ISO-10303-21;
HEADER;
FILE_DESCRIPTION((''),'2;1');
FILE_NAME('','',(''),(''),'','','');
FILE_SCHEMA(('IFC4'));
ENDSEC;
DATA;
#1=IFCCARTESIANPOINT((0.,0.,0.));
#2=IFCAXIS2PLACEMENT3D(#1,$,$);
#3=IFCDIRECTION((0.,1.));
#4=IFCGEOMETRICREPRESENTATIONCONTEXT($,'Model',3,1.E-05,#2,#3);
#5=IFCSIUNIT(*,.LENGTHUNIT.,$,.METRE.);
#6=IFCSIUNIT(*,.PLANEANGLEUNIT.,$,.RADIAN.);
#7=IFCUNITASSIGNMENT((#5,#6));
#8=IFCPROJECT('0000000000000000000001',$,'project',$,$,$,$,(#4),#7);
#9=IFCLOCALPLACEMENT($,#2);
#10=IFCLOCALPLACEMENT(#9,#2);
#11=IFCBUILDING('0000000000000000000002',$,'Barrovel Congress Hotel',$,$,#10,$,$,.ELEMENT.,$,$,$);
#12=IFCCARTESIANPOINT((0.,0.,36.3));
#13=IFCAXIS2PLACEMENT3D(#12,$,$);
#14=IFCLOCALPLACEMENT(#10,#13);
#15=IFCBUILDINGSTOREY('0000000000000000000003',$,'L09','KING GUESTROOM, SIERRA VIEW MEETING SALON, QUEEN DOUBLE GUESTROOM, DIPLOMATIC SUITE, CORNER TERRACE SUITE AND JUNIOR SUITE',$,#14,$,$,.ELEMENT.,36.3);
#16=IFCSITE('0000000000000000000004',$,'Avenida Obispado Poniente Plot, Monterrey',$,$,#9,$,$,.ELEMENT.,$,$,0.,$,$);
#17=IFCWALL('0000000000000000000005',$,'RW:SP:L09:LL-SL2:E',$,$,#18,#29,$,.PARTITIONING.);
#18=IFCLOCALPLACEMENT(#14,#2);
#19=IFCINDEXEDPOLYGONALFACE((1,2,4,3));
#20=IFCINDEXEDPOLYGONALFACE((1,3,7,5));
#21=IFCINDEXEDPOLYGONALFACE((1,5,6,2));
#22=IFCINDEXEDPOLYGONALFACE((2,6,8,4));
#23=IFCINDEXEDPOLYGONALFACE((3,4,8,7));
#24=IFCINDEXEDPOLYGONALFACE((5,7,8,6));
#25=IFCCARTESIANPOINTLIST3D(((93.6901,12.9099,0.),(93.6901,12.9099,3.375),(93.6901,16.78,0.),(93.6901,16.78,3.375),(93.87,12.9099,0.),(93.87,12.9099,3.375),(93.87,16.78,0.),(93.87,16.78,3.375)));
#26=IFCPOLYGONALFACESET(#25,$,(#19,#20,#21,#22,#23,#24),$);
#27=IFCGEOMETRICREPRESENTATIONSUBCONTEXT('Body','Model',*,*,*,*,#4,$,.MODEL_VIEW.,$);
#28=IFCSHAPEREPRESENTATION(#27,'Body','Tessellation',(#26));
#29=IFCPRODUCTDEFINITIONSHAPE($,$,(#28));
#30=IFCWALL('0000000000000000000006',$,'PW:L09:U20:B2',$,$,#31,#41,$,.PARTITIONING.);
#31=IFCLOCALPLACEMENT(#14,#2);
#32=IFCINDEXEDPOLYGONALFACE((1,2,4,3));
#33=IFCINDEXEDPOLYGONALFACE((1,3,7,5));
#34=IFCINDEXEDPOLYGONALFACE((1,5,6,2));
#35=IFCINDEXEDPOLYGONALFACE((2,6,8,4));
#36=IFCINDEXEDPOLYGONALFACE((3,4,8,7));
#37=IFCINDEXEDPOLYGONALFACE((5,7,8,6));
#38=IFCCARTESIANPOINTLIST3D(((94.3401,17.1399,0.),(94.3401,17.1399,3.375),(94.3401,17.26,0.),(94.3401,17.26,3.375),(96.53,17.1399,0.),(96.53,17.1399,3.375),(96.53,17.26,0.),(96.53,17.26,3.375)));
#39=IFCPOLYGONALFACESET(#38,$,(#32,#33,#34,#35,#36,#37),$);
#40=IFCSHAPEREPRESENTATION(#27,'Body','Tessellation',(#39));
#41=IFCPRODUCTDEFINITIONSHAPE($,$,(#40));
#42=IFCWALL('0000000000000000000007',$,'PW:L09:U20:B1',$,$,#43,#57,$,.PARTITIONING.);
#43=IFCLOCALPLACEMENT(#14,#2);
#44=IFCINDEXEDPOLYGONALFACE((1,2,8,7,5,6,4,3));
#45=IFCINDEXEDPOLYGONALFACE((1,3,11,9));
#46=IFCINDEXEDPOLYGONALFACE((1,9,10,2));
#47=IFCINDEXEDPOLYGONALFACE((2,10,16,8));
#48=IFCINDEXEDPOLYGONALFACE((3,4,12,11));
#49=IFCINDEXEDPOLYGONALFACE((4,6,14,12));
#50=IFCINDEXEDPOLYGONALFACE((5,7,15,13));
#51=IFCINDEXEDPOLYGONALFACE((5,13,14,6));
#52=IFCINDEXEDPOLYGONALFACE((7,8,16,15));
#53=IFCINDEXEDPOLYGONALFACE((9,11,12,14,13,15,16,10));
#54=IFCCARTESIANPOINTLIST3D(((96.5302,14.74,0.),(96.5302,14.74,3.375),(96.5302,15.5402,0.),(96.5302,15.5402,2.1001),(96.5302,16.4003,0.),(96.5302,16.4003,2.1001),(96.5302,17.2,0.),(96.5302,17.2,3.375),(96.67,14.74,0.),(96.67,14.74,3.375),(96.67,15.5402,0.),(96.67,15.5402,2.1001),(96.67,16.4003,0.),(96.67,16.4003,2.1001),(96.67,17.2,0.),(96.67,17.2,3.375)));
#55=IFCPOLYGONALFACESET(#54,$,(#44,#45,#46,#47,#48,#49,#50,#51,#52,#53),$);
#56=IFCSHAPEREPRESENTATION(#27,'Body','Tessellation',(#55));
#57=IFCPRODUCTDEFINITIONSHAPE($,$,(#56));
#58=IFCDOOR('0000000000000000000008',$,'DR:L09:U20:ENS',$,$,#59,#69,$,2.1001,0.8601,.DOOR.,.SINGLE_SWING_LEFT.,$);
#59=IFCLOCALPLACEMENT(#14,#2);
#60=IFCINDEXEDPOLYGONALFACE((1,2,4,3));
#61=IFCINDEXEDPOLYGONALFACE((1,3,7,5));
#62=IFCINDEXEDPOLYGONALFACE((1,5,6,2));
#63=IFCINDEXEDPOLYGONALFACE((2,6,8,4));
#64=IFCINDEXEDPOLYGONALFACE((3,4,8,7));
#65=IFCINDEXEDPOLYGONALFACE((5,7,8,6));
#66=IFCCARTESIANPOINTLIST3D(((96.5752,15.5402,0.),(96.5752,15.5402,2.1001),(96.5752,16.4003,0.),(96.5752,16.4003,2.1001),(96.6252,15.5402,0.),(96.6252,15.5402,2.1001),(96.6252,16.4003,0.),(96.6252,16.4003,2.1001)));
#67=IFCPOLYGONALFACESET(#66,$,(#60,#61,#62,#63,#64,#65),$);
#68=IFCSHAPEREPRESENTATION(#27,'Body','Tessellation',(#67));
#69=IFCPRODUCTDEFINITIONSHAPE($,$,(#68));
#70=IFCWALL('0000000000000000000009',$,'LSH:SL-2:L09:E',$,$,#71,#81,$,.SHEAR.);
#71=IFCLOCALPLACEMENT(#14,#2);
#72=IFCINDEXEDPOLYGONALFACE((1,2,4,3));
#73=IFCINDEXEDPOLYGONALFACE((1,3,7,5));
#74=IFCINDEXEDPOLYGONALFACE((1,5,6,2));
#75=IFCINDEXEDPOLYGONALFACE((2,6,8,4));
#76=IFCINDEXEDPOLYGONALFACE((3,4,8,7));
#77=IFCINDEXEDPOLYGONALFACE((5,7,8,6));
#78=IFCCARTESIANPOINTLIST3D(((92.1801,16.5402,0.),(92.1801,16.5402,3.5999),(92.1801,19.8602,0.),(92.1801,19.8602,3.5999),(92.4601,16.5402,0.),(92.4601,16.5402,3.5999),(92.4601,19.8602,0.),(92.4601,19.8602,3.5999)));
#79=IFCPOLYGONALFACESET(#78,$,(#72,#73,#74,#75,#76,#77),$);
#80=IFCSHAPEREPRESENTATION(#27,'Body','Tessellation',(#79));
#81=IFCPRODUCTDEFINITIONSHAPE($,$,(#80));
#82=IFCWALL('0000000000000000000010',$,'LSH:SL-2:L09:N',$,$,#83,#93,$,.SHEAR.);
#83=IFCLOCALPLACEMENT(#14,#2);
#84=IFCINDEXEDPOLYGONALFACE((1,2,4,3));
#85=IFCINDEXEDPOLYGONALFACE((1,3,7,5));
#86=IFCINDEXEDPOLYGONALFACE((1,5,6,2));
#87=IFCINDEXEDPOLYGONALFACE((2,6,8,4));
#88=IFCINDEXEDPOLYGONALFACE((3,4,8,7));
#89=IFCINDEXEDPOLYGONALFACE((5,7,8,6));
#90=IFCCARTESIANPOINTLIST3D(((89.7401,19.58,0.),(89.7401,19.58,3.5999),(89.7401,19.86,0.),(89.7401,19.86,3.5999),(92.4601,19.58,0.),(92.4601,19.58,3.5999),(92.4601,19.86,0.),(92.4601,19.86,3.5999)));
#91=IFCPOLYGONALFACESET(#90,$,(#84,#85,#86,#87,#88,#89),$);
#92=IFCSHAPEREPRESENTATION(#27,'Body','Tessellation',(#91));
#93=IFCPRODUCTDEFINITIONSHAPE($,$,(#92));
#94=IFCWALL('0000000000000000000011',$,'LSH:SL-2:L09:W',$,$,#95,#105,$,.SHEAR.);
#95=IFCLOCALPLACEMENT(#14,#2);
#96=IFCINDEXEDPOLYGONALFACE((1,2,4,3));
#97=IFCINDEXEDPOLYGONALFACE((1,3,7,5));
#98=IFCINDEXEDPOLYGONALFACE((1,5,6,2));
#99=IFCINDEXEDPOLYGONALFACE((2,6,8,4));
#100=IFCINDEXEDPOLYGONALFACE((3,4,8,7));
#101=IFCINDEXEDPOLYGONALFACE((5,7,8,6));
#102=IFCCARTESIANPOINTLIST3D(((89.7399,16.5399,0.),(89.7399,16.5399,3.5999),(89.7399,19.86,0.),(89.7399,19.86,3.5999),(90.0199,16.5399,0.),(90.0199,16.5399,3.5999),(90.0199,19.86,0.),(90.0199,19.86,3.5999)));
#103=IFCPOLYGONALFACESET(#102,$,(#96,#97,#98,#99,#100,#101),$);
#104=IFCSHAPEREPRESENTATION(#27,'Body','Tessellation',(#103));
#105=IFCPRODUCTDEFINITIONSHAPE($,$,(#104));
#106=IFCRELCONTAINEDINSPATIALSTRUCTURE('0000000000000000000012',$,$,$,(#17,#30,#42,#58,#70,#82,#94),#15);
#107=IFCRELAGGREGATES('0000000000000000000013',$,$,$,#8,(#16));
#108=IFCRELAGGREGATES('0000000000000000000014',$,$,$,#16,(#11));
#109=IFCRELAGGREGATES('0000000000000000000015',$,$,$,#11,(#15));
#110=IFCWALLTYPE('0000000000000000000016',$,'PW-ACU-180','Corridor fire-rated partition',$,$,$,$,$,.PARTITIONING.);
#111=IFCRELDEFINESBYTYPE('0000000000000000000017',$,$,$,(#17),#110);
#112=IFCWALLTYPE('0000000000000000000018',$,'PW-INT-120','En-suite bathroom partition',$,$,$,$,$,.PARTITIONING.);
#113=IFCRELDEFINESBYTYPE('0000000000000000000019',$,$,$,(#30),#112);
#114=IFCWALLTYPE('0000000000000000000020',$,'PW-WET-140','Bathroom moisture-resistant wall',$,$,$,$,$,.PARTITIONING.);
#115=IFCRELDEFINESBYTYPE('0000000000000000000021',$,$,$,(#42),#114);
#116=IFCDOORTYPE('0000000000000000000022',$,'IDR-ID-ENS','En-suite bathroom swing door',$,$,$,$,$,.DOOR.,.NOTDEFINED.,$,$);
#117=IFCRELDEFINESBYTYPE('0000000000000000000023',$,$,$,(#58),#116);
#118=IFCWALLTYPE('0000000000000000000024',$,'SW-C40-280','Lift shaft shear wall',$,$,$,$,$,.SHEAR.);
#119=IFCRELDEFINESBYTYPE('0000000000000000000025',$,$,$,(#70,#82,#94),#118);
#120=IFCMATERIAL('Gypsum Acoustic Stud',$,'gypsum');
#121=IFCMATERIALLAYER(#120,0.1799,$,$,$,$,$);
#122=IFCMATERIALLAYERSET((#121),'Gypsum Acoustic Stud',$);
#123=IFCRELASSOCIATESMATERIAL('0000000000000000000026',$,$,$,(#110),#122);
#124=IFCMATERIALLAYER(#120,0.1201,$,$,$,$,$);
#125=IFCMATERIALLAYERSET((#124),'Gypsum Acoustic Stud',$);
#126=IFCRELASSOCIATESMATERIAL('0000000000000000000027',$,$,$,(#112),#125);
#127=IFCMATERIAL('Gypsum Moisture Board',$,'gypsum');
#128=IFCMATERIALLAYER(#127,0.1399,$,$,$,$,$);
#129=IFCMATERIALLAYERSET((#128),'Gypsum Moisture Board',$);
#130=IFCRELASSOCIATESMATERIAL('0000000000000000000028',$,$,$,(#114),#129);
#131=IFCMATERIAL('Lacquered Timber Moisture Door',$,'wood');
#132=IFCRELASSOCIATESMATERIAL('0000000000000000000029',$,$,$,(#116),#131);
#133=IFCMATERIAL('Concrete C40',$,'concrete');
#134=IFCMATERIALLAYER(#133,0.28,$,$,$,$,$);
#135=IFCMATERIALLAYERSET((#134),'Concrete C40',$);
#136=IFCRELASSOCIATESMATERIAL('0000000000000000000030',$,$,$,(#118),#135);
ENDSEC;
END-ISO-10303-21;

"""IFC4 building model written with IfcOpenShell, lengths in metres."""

from ifc_helpers import new_model, si_unit, direction, frame, frame_2d, origin, place, context, subcontext, project, spatial, rectangle, extrude, material, layer, layer_set, type_object, element, fill, save


model = new_model("IFC4")

# Units and contexts
model_context = context("Model", 3, precision=1e-05, world=origin(), true_north=direction((0.0, 1.0)))
body_context = subcontext(model_context, "Body", "Model", "MODEL_VIEW")
ifc_project = project(units=[si_unit("LENGTHUNIT", "METRE"), si_unit("PLANEANGLEUNIT", "RADIAN")], contexts=[model_context])

# Site, building, storey
site_placement = place(None, origin())
site = spatial("IfcSite", under=ifc_project, at=site_placement, Name="Avenida Obispado Poniente Plot, Monterrey", CompositionType="ELEMENT", RefElevation=0.0)
building_placement = place(site_placement, origin())
building = spatial("IfcBuilding", under=site, at=building_placement, Name="Barrovel Congress Hotel", CompositionType="ELEMENT")
storey_placement = place(building_placement, frame((0.0, 0.0, 36.3)))
storey = spatial("IfcBuildingStorey", under=building, at=storey_placement, Name="L09", Description="KING GUESTROOM, SIERRA VIEW MEETING SALON, QUEEN DOUBLE GUESTROOM, DIPLOMATIC SUITE, CORNER TERRACE SUITE AND JUNIOR SUITE", CompositionType="ELEMENT", Elevation=36.3)

# Shared definitions
ifc_material_1 = material(Name="Concrete C40", Category="concrete")

# Shared definitions
ifc_material_2 = material(Name="Gypsum Acoustic Stud", Category="gypsum")
ifc_layer_1 = layer(ifc_material_2, 0.1799)
ifc_layer_set_1 = layer_set([ifc_layer_1], Name="Gypsum Acoustic Stud")
wall_type_1 = type_object("IfcWallType", Name="PW-ACU-180", Description="Corridor fire-rated partition", PredefinedType="PARTITIONING", material=ifc_layer_set_1)

# Walls
wall_1_placement = place(storey_placement, frame((93.78, 12.9099, 0.0), z_axis=(0.0, 0.0, 1.0), x_axis=(0.0, 1.0, 0.0)))
element("IfcWall", 1, at=wall_1_placement, inside=storey, type_object=wall_type_1, Name="RW:SP:L09:LL-SL2:E", PredefinedType="PARTITIONING", context=body_context, shape_type="SweptSolid", body=[
    extrude(rectangle(XDim=3.8701, YDim=0.1799, at=frame_2d((1.9351, 0.0))), origin(), (0.0, 0.0, 1.0), 3.375),
])
ifc_layer_2 = layer(ifc_material_2, 0.1201)
ifc_layer_set_2 = layer_set([ifc_layer_2], Name="Gypsum Acoustic Stud")
wall_type_2 = type_object("IfcWallType", Name="PW-INT-120", Description="En-suite bathroom partition", PredefinedType="PARTITIONING", material=ifc_layer_set_2)
wall_2_placement = place(storey_placement, frame((94.3401, 17.2, 0.0), z_axis=(0.0, 0.0, 1.0), x_axis=(1.0, 0.0, 0.0)))
element("IfcWall", 2, at=wall_2_placement, inside=storey, type_object=wall_type_2, Name="PW:L09:U20:B2", PredefinedType="PARTITIONING", context=body_context, shape_type="SweptSolid", body=[
    extrude(rectangle(XDim=2.1899, YDim=0.1201, at=frame_2d((1.095, 0.0))), origin(), (0.0, 0.0, 1.0), 3.375),
])

# Wall, opening, door
ifc_material_3 = material(Name="Gypsum Moisture Board", Category="gypsum")
ifc_layer_3 = layer(ifc_material_3, 0.1399)
ifc_layer_set_3 = layer_set([ifc_layer_3], Name="Gypsum Moisture Board")
wall_type_3 = type_object("IfcWallType", Name="PW-WET-140", Description="Bathroom moisture-resistant wall", PredefinedType="PARTITIONING", material=ifc_layer_set_3)
wall_3_placement = place(storey_placement, frame((96.6001, 14.74, 0.0), z_axis=(0.0, 0.0, 1.0), x_axis=(0.0, 1.0, 0.0)))
wall_3 = element("IfcWall", 3, at=wall_3_placement, inside=storey, type_object=wall_type_3, Name="PW:L09:U20:B1", PredefinedType="PARTITIONING", context=body_context, shape_type="SweptSolid", body=[
    extrude(rectangle(XDim=2.46, YDim=0.1399, at=frame_2d((1.23, 0.0))), origin(), (0.0, 0.0, 1.0), 3.375),
])
opening_1_placement = place(wall_3_placement, frame((0.8, 0.0, 0.0)))
opening_1 = element("IfcOpeningElement", 4, at=opening_1_placement, cuts=wall_3, PredefinedType="OPENING", context=body_context, shape_type="SweptSolid", body=[
    extrude(rectangle(XDim=0.8601, YDim=2.1001, at=frame_2d((0.4302, 1.05))), frame((0.0, 0.0801, 0.0), z_axis=(0.0, -1.0, 0.0), x_axis=(1.0, 0.0, 0.0)), (0.0, 0.0, 1.0), 0.1599),
])
ifc_material_4 = material(Name="Lacquered Timber Moisture Door", Category="wood")
door_type_1 = type_object("IfcDoorType", Name="IDR-ID-ENS", Description="En-suite bathroom swing door", OperationType="NOTDEFINED", PredefinedType="DOOR", material=ifc_material_4)
door_1_placement = place(opening_1_placement, origin())
door_1 = element("IfcDoor", 5, at=door_1_placement, inside=storey, type_object=door_type_1, Name="DR:L09:U20:ENS", OperationType="SINGLE_SWING_LEFT", OverallHeight=2.1001, OverallWidth=0.8601, PredefinedType="DOOR", context=body_context, shape_type="SweptSolid", body=[
    extrude(rectangle(XDim=0.8601, YDim=2.1001, at=frame_2d((0.4302, 1.05))), frame((0.0, 0.0249, 0.0), z_axis=(0.0, -1.0, 0.0), x_axis=(1.0, 0.0, 0.0)), (0.0, 0.0, 1.0), 0.05),
])
fill(opening_1, door_1)

# Walls
ifc_layer_4 = layer(ifc_material_1, 0.28)
ifc_layer_set_4 = layer_set([ifc_layer_4], Name="Concrete C40")
wall_type_4 = type_object("IfcWallType", Name="SW-C40-280", Description="Lift shaft shear wall", PredefinedType="SHEAR", material=ifc_layer_set_4)
wall_4_placement = place(storey_placement, frame((92.3201, 16.54, 0.0), z_axis=(0.0, 0.0, 1.0), x_axis=(0.0, 1.0, 0.0)))
element("IfcWall", 6, at=wall_4_placement, inside=storey, type_object=wall_type_4, Name="LSH:SL-2:L09:E", PredefinedType="SHEAR", context=body_context, shape_type="SweptSolid", body=[
    extrude(rectangle(XDim=3.3201, YDim=0.28, at=frame_2d((1.6602, 0.0))), origin(), (0.0, 0.0, 1.0), 3.5999),
])
wall_5_placement = place(storey_placement, frame((92.46, 19.72, 0.0), z_axis=(0.0, 0.0, 1.0), x_axis=(-1.0, 0.0, 0.0)))
element("IfcWall", 7, at=wall_5_placement, inside=storey, type_object=wall_type_4, Name="LSH:SL-2:L09:N", PredefinedType="SHEAR", context=body_context, shape_type="SweptSolid", body=[
    extrude(rectangle(XDim=2.72, YDim=0.28, at=frame_2d((1.3599, 0.0))), origin(), (0.0, 0.0, 1.0), 3.5999),
])
wall_6_placement = place(storey_placement, frame((89.8799, 19.8601, 0.0), z_axis=(0.0, 0.0, 1.0), x_axis=(0.0, -1.0, 0.0)))
element("IfcWall", 8, at=wall_6_placement, inside=storey, type_object=wall_type_4, Name="LSH:SL-2:L09:W", PredefinedType="SHEAR", context=body_context, shape_type="SweptSolid", body=[
    extrude(rectangle(XDim=3.3201, YDim=0.28, at=frame_2d((1.6602, 0.0))), origin(), (0.0, 0.0, 1.0), 3.5999),
])

save(model, "model.ifc")
